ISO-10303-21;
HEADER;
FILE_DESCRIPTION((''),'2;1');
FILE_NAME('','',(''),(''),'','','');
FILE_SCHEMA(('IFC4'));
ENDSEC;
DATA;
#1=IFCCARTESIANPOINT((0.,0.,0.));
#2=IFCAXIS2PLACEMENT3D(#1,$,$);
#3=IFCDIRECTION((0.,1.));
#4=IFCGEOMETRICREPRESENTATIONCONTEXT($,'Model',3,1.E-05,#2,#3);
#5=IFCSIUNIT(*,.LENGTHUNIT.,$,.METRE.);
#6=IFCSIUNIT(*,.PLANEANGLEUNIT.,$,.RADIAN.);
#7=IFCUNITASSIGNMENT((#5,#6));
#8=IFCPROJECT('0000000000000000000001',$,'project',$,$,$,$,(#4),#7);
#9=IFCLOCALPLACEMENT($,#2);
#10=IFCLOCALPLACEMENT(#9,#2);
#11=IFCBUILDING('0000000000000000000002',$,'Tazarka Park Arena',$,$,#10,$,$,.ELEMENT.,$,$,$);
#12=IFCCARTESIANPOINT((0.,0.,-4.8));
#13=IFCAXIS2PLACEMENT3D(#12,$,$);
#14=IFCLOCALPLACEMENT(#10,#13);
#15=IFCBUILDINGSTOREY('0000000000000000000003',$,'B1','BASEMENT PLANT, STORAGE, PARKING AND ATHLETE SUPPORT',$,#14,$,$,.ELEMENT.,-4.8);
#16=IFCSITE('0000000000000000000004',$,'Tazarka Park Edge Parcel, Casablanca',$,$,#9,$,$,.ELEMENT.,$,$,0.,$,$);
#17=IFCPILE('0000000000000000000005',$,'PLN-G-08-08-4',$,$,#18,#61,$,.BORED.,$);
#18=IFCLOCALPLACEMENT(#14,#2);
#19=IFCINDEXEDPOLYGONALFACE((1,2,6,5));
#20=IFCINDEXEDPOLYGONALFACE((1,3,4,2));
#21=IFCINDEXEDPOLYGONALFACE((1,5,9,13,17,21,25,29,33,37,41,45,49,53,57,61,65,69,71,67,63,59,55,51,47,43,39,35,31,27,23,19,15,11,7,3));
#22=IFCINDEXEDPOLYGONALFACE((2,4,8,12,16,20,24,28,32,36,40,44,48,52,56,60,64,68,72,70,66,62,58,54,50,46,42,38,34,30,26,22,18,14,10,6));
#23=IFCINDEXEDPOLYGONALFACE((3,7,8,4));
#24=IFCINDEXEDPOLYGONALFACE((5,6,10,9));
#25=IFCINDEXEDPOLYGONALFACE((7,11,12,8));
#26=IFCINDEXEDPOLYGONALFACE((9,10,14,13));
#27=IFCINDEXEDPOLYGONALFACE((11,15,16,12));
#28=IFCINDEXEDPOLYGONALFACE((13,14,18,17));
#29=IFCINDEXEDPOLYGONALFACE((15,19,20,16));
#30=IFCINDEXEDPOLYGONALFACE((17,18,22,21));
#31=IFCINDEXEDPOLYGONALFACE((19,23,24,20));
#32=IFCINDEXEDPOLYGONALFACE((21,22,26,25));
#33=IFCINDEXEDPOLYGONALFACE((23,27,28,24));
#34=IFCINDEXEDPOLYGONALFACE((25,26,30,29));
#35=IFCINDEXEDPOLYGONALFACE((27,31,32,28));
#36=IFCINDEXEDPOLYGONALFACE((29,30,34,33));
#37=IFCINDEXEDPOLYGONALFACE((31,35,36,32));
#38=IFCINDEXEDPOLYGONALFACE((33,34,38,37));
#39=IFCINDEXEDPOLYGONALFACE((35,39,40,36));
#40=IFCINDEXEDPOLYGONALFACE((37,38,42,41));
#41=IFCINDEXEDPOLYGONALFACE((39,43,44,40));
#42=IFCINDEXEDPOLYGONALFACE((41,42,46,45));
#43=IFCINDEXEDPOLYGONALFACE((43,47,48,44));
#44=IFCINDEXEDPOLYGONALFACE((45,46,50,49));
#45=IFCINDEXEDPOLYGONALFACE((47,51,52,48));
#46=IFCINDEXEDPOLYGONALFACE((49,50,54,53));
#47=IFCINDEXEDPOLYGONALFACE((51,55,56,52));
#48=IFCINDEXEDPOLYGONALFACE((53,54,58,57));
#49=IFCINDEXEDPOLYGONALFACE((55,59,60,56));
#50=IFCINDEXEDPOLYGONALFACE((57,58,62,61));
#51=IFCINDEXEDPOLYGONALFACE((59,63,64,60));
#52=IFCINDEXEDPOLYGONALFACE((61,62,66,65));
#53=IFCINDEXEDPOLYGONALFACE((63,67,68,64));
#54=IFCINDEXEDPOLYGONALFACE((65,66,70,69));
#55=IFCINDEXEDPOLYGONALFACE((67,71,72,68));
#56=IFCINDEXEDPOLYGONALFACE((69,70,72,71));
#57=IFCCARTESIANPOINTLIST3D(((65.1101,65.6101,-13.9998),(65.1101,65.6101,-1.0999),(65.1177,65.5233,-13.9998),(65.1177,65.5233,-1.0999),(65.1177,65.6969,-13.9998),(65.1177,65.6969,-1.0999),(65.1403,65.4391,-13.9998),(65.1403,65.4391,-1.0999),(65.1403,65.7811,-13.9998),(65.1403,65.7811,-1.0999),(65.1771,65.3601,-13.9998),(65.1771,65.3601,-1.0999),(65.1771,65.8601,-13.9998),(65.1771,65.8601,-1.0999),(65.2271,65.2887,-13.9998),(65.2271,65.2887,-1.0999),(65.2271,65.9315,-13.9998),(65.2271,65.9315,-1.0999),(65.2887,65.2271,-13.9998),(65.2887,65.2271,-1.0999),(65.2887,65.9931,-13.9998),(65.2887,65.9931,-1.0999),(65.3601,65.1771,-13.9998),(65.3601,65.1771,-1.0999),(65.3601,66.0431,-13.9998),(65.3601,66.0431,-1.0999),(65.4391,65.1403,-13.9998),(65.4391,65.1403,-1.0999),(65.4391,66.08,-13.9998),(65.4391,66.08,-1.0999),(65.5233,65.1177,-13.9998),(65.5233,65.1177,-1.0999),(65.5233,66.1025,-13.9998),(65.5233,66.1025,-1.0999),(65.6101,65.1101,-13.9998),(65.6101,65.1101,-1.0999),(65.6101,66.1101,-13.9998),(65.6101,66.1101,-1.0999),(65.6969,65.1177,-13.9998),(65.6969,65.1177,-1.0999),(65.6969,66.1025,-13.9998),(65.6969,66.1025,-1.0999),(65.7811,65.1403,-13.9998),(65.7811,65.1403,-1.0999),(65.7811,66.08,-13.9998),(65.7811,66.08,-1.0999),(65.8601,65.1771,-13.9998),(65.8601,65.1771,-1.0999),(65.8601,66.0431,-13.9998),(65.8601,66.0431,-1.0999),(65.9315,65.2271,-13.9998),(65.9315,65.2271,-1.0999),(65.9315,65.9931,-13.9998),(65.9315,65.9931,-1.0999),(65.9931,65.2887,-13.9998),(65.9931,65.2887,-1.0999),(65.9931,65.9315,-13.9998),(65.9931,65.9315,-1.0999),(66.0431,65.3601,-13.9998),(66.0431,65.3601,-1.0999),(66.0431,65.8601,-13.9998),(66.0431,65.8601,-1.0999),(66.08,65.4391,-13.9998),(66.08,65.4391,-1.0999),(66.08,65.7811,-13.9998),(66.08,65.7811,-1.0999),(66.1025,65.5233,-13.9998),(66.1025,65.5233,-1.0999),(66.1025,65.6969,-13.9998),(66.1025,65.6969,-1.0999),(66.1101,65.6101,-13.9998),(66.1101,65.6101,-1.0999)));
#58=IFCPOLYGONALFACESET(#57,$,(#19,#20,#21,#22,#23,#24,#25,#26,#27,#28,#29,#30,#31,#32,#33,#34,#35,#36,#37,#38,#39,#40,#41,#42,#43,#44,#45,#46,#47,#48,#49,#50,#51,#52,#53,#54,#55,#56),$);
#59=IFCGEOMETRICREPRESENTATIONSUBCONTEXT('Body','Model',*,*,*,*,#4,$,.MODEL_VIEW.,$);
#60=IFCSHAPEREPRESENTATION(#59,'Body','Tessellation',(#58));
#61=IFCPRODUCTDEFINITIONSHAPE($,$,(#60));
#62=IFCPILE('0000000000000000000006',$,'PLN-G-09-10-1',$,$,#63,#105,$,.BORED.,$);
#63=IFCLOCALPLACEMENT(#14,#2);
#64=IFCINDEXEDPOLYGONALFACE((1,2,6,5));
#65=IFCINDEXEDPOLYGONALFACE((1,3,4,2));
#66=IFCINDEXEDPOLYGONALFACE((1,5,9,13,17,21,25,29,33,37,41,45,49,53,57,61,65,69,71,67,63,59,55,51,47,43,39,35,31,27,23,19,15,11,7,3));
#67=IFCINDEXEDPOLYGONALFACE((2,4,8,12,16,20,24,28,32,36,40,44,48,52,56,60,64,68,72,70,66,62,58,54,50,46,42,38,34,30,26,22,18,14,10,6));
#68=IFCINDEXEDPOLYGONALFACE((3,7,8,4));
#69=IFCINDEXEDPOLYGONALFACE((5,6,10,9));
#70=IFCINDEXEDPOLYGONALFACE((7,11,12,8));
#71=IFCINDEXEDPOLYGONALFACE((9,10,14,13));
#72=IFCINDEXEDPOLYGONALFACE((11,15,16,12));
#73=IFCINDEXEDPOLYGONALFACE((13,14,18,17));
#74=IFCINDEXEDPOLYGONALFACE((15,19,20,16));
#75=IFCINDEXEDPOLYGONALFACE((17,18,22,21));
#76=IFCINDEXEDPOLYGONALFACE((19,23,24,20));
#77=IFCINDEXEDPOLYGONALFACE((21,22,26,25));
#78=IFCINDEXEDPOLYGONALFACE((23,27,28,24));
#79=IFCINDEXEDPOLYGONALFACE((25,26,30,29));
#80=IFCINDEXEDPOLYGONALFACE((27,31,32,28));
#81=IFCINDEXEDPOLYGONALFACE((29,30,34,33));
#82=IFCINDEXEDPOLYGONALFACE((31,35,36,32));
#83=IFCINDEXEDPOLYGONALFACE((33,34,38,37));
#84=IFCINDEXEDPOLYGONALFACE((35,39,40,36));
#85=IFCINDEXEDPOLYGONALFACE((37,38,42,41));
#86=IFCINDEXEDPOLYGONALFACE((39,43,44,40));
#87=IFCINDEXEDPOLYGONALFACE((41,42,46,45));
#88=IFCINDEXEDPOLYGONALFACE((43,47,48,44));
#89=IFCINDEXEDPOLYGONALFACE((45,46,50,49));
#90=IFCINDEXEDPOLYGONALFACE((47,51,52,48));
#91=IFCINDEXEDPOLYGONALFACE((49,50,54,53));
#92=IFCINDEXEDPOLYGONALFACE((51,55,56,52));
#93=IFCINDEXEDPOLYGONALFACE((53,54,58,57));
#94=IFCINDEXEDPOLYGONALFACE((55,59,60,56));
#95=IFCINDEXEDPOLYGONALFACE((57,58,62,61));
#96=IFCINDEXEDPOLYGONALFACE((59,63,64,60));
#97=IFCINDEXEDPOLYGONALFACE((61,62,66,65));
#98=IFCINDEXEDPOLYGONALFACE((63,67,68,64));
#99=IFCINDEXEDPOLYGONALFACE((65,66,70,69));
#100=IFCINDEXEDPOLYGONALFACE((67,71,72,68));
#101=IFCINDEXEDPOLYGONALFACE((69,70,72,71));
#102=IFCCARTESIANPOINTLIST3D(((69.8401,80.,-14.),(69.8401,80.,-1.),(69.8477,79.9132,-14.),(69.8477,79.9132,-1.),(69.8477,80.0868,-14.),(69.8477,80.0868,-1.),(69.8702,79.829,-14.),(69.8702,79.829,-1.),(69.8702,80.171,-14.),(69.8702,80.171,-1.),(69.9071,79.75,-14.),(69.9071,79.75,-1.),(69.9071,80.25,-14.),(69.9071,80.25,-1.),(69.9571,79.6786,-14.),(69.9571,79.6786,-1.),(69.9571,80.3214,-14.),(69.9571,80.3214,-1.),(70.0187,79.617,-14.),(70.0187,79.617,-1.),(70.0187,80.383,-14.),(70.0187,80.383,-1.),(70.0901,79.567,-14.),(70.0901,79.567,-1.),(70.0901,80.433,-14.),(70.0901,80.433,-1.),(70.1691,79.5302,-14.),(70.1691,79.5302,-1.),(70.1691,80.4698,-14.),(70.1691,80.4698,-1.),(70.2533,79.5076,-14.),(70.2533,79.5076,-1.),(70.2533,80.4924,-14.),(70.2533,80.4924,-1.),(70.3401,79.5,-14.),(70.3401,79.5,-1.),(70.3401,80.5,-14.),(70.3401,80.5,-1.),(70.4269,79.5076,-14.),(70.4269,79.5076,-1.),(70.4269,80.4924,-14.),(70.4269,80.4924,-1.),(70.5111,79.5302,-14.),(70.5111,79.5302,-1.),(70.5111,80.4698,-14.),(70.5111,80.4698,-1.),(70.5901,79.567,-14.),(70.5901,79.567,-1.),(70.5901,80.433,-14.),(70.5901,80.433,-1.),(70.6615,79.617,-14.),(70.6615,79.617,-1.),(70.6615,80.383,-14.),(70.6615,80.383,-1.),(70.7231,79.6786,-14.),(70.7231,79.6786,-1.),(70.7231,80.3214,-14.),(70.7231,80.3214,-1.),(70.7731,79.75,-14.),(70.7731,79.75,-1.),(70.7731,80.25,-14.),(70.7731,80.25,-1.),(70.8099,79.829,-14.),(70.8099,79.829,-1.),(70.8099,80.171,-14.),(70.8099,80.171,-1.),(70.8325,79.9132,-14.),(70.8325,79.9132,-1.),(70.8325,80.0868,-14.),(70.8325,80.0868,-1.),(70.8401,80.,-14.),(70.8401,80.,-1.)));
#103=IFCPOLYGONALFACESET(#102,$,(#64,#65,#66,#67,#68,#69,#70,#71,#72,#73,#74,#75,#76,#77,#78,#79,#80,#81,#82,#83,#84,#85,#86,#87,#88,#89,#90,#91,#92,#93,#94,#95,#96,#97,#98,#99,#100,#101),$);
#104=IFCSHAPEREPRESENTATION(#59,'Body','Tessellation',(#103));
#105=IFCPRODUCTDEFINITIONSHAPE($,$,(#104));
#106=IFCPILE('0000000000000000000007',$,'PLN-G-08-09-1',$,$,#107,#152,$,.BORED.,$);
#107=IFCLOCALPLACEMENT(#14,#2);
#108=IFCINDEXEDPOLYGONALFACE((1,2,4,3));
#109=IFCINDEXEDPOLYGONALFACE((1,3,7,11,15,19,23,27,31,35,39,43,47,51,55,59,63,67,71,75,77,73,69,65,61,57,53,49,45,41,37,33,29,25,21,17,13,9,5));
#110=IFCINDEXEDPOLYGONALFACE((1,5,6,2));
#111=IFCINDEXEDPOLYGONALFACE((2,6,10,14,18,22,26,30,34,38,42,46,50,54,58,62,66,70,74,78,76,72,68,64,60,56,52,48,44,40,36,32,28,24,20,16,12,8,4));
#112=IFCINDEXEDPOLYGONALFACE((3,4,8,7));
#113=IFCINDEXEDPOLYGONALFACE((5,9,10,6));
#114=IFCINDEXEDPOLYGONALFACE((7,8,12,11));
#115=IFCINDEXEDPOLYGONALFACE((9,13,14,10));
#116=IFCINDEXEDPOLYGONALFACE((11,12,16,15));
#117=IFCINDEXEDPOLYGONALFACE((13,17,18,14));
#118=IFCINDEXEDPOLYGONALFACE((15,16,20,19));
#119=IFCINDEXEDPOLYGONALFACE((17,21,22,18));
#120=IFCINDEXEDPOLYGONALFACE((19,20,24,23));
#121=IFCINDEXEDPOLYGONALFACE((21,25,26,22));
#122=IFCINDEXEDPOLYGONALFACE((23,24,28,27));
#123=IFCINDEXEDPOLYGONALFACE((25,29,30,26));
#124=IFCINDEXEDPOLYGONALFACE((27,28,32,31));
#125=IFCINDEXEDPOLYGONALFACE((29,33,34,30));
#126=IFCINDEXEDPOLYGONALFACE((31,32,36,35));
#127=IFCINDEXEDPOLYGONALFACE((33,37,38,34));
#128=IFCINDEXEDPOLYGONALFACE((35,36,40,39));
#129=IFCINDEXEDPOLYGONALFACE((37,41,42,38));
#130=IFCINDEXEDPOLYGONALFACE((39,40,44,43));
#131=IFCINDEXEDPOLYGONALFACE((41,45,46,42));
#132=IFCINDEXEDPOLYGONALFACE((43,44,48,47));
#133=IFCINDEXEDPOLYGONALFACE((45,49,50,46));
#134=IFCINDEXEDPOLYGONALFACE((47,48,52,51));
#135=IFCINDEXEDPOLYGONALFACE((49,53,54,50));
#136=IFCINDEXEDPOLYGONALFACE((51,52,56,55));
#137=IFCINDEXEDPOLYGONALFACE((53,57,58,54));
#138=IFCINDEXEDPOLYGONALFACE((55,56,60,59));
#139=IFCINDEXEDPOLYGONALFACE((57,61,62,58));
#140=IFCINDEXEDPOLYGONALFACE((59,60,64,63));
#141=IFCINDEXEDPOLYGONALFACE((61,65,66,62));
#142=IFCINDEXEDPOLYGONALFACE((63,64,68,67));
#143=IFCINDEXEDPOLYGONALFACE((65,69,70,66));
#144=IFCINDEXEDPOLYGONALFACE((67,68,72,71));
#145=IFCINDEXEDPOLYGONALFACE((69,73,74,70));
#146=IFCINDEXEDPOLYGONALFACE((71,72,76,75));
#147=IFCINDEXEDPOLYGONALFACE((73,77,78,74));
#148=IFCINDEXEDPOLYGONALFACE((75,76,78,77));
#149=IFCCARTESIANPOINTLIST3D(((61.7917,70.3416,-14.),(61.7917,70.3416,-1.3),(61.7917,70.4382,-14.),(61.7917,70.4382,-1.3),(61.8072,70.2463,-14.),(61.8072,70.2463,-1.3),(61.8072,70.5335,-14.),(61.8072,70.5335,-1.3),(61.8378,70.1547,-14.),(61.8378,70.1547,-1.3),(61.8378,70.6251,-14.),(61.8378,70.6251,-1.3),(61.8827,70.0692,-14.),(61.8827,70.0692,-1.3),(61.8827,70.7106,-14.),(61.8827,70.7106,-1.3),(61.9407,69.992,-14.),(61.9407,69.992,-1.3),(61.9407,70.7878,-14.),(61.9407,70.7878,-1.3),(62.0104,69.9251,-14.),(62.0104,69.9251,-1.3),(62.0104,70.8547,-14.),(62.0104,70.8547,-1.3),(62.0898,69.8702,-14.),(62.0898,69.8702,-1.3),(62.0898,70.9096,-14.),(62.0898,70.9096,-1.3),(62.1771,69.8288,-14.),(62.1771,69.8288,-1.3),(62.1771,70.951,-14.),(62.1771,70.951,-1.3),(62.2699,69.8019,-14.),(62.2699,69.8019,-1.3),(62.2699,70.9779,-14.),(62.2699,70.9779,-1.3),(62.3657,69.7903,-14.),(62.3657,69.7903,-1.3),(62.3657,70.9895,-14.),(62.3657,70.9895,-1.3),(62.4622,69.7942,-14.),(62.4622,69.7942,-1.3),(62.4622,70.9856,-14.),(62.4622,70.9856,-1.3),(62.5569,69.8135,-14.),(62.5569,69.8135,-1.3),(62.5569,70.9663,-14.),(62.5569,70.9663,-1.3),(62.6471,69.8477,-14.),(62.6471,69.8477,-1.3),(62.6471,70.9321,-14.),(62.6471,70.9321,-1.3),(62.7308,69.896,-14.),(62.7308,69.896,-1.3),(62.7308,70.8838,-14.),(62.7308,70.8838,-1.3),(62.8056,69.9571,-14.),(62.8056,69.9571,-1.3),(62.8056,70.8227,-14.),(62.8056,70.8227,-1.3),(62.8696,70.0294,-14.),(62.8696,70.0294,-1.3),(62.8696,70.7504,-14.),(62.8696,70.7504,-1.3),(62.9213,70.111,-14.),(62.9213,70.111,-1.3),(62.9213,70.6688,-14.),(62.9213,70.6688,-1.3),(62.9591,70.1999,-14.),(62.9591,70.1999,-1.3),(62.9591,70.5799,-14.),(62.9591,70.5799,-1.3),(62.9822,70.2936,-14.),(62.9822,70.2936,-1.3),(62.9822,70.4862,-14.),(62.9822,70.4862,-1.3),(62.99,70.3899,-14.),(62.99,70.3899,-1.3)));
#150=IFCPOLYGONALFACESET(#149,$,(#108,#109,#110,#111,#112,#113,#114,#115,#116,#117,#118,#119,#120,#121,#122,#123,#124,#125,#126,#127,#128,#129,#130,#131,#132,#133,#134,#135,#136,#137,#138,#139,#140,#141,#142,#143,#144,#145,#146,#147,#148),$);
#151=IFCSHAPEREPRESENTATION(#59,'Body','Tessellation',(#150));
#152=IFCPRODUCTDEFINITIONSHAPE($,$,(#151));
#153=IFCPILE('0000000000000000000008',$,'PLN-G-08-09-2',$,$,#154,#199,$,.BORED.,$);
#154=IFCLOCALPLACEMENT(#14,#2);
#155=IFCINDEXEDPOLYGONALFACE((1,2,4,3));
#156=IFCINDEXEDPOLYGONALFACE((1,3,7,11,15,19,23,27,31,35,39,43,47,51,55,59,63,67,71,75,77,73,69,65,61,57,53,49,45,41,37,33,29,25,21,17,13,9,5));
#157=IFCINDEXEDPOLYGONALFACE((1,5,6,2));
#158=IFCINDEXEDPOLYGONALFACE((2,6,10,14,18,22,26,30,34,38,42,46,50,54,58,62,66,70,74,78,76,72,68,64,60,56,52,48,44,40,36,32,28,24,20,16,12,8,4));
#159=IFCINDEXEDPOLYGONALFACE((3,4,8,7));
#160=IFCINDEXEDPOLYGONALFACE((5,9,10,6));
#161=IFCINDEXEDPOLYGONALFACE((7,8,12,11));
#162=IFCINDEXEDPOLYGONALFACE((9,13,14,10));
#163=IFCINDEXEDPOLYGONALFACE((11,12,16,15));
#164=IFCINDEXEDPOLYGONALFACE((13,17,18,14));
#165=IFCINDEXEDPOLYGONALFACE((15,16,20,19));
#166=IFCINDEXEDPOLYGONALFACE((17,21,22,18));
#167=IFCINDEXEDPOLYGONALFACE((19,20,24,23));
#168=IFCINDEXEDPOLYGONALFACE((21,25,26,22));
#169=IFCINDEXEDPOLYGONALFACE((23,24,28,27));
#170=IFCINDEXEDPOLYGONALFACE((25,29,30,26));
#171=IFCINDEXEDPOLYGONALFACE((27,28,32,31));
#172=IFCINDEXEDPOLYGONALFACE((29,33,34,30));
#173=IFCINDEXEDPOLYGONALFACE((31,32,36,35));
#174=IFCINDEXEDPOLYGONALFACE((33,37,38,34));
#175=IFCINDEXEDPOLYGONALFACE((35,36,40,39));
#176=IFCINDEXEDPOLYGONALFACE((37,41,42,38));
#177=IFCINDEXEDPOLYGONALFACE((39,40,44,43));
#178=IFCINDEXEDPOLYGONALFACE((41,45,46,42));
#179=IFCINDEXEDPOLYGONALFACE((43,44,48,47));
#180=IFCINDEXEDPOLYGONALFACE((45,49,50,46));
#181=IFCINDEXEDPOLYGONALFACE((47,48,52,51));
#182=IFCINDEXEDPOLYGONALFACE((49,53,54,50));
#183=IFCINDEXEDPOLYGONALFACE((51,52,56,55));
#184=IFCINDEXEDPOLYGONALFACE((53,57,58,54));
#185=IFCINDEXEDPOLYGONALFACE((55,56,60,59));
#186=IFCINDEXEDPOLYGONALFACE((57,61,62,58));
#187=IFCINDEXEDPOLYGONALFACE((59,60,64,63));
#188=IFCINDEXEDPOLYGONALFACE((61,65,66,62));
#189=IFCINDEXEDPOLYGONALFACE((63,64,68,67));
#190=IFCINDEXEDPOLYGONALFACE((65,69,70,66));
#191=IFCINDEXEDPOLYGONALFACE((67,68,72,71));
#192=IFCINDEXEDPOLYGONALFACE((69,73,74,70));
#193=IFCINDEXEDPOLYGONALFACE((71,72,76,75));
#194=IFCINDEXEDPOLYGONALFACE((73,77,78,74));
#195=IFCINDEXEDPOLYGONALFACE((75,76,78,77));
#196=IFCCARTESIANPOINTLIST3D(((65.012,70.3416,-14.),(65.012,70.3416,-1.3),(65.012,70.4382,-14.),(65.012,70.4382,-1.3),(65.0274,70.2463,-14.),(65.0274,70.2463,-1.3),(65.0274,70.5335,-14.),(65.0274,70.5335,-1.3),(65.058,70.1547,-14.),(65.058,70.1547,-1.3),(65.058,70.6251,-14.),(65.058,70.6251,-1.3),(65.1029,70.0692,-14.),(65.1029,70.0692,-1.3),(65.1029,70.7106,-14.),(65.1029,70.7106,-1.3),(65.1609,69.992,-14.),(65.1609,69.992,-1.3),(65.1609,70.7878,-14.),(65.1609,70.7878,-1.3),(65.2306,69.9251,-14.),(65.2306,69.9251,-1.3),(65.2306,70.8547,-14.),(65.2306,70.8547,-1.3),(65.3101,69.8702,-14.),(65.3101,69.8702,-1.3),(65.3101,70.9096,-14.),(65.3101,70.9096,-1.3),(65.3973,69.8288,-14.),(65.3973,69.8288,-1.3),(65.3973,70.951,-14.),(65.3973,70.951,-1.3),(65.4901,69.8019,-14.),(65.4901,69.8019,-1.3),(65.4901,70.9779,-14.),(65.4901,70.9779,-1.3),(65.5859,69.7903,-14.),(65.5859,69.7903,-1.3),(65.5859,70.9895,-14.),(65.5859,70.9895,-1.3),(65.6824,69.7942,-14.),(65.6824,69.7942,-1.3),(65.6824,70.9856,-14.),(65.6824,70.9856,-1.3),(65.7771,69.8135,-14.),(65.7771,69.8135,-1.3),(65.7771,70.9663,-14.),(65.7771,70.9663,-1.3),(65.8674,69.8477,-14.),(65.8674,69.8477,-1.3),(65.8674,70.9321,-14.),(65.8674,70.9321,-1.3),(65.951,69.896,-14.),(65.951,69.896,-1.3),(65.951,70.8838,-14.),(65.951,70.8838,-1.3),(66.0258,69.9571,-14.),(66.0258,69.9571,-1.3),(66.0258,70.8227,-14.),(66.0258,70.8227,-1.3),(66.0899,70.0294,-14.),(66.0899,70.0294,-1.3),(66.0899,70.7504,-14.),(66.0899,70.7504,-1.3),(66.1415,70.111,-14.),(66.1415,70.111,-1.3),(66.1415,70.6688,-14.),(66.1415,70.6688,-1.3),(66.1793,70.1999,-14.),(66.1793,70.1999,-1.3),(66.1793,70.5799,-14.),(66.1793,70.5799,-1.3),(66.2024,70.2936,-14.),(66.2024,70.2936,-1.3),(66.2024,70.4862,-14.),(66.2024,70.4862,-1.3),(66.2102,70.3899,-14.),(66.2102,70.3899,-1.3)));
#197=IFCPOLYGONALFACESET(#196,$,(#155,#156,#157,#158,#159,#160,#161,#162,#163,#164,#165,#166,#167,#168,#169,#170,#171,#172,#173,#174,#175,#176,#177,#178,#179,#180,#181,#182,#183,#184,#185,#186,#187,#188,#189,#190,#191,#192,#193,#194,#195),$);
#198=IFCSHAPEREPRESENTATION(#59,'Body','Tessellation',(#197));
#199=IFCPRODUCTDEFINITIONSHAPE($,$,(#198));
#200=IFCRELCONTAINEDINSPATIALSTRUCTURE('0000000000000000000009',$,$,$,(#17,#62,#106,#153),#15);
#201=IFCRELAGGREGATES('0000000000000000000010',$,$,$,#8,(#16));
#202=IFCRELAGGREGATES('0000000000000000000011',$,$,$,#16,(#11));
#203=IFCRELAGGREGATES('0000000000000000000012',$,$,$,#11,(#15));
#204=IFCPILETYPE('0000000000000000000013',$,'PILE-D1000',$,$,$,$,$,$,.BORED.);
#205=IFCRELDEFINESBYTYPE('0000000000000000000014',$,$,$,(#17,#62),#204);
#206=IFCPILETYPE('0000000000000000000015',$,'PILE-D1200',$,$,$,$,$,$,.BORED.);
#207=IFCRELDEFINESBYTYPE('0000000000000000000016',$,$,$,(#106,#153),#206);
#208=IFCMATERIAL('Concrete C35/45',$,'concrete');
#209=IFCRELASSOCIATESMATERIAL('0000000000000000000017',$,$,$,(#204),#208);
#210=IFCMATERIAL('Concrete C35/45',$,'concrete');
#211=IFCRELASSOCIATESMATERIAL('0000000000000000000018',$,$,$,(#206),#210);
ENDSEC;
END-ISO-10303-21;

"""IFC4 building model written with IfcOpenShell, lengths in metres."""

from ifc_helpers import new_model, si_unit, direction, frame, origin, origin_2d, place, context, subcontext, project, spatial, circle, extrude, material, material_profile, profile_set, type_object, element, save


model = new_model("IFC4")

# Units and contexts
model_context = context("Model", 3, precision=1e-05, world=origin(), true_north=direction((0.0, 1.0)))
body_context = subcontext(model_context, "Body", "Model", "MODEL_VIEW")
ifc_project = project(units=[si_unit("LENGTHUNIT", "METRE"), si_unit("PLANEANGLEUNIT", "RADIAN")], contexts=[model_context])

# Site, building, storey
site_placement = place(None, origin())
site = spatial("IfcSite", under=ifc_project, at=site_placement, Name="Tazarka Park Edge Parcel, Casablanca", CompositionType="ELEMENT", RefElevation=0.0)
building_placement = place(site_placement, origin())
building = spatial("IfcBuilding", under=site, at=building_placement, Name="Tazarka Park Arena", CompositionType="ELEMENT")
storey_placement = place(building_placement, frame((0.0, 0.0, -4.8)))
storey = spatial("IfcBuildingStorey", under=building, at=storey_placement, Name="B1", Description="BASEMENT PLANT, STORAGE, PARKING AND ATHLETE SUPPORT", CompositionType="ELEMENT", Elevation=-4.8)

# Piles
ifc_material_1 = material(Name="Concrete C35/45", Category="concrete")
ifc_material_profile_1 = material_profile(ifc_material_1, circle(Radius=0.5, at=origin_2d()), Name="Concrete C35/45")
ifc_profile_set_1 = profile_set([ifc_material_profile_1], Name="Concrete C35/45")
pile_type_1 = type_object("IfcPileType", Name="PILE-D1000", PredefinedType="BORED", material=ifc_profile_set_1)
for number, where, z_axis, x_axis, name in (
    (1, (65.6101, 65.6101, -1.0999), (0.0, 0.0, -1.0), (1.0, 0.0, 0.0), "PLN-G-08-08-4"),
):
    element("IfcPile", number, at=place(storey_placement, frame(where, z_axis=z_axis, x_axis=x_axis)), inside=storey, type_object=pile_type_1, Name=name, PredefinedType="BORED", context=body_context, shape_type="SweptSolid", body=[
        extrude(circle(Radius=0.5, at=origin_2d()), origin(), (0.0, 0.0, 1.0), 12.8999),
    ])
pile_placement = place(storey_placement, frame((70.3401, 80.0, -1.0), z_axis=(0.0, 0.0, -1.0), x_axis=(1.0, 0.0, 0.0)))
element("IfcPile", 2, at=pile_placement, inside=storey, type_object=pile_type_1, Name="PLN-G-09-10-1", PredefinedType="BORED", context=body_context, shape_type="SweptSolid", body=[
    extrude(circle(Radius=0.5, at=origin_2d()), origin(), (0.0, 0.0, 1.0), 13.0),
])
ifc_material_2 = material(Name="Concrete C35/45", Category="concrete")
ifc_material_profile_2 = material_profile(ifc_material_2, circle(Radius=0.6001, at=origin_2d()), Name="Concrete C35/45")
ifc_profile_set_2 = profile_set([ifc_material_profile_2], Name="Concrete C35/45")
pile_type_2 = type_object("IfcPileType", Name="PILE-D1200", PredefinedType="BORED", material=ifc_profile_set_2)
for number, where, z_axis, x_axis, name in (
    (3, (62.3899, 70.3899, -1.3), (0.0, 0.0, -1.0), (1.0, 0.0, 0.0), "PLN-G-08-09-1"),
    (4, (65.6101, 70.3899, -1.3), (0.0, 0.0, -1.0), (1.0, 0.0, 0.0), "PLN-G-08-09-2"),
):
    element("IfcPile", number, at=place(storey_placement, frame(where, z_axis=z_axis, x_axis=x_axis)), inside=storey, type_object=pile_type_2, Name=name, PredefinedType="BORED", context=body_context, shape_type="SweptSolid", body=[
        extrude(circle(Radius=0.6001, at=origin_2d()), origin(), (0.0, 0.0, 1.0), 12.7),
    ])

save(model, "model.ifc")
